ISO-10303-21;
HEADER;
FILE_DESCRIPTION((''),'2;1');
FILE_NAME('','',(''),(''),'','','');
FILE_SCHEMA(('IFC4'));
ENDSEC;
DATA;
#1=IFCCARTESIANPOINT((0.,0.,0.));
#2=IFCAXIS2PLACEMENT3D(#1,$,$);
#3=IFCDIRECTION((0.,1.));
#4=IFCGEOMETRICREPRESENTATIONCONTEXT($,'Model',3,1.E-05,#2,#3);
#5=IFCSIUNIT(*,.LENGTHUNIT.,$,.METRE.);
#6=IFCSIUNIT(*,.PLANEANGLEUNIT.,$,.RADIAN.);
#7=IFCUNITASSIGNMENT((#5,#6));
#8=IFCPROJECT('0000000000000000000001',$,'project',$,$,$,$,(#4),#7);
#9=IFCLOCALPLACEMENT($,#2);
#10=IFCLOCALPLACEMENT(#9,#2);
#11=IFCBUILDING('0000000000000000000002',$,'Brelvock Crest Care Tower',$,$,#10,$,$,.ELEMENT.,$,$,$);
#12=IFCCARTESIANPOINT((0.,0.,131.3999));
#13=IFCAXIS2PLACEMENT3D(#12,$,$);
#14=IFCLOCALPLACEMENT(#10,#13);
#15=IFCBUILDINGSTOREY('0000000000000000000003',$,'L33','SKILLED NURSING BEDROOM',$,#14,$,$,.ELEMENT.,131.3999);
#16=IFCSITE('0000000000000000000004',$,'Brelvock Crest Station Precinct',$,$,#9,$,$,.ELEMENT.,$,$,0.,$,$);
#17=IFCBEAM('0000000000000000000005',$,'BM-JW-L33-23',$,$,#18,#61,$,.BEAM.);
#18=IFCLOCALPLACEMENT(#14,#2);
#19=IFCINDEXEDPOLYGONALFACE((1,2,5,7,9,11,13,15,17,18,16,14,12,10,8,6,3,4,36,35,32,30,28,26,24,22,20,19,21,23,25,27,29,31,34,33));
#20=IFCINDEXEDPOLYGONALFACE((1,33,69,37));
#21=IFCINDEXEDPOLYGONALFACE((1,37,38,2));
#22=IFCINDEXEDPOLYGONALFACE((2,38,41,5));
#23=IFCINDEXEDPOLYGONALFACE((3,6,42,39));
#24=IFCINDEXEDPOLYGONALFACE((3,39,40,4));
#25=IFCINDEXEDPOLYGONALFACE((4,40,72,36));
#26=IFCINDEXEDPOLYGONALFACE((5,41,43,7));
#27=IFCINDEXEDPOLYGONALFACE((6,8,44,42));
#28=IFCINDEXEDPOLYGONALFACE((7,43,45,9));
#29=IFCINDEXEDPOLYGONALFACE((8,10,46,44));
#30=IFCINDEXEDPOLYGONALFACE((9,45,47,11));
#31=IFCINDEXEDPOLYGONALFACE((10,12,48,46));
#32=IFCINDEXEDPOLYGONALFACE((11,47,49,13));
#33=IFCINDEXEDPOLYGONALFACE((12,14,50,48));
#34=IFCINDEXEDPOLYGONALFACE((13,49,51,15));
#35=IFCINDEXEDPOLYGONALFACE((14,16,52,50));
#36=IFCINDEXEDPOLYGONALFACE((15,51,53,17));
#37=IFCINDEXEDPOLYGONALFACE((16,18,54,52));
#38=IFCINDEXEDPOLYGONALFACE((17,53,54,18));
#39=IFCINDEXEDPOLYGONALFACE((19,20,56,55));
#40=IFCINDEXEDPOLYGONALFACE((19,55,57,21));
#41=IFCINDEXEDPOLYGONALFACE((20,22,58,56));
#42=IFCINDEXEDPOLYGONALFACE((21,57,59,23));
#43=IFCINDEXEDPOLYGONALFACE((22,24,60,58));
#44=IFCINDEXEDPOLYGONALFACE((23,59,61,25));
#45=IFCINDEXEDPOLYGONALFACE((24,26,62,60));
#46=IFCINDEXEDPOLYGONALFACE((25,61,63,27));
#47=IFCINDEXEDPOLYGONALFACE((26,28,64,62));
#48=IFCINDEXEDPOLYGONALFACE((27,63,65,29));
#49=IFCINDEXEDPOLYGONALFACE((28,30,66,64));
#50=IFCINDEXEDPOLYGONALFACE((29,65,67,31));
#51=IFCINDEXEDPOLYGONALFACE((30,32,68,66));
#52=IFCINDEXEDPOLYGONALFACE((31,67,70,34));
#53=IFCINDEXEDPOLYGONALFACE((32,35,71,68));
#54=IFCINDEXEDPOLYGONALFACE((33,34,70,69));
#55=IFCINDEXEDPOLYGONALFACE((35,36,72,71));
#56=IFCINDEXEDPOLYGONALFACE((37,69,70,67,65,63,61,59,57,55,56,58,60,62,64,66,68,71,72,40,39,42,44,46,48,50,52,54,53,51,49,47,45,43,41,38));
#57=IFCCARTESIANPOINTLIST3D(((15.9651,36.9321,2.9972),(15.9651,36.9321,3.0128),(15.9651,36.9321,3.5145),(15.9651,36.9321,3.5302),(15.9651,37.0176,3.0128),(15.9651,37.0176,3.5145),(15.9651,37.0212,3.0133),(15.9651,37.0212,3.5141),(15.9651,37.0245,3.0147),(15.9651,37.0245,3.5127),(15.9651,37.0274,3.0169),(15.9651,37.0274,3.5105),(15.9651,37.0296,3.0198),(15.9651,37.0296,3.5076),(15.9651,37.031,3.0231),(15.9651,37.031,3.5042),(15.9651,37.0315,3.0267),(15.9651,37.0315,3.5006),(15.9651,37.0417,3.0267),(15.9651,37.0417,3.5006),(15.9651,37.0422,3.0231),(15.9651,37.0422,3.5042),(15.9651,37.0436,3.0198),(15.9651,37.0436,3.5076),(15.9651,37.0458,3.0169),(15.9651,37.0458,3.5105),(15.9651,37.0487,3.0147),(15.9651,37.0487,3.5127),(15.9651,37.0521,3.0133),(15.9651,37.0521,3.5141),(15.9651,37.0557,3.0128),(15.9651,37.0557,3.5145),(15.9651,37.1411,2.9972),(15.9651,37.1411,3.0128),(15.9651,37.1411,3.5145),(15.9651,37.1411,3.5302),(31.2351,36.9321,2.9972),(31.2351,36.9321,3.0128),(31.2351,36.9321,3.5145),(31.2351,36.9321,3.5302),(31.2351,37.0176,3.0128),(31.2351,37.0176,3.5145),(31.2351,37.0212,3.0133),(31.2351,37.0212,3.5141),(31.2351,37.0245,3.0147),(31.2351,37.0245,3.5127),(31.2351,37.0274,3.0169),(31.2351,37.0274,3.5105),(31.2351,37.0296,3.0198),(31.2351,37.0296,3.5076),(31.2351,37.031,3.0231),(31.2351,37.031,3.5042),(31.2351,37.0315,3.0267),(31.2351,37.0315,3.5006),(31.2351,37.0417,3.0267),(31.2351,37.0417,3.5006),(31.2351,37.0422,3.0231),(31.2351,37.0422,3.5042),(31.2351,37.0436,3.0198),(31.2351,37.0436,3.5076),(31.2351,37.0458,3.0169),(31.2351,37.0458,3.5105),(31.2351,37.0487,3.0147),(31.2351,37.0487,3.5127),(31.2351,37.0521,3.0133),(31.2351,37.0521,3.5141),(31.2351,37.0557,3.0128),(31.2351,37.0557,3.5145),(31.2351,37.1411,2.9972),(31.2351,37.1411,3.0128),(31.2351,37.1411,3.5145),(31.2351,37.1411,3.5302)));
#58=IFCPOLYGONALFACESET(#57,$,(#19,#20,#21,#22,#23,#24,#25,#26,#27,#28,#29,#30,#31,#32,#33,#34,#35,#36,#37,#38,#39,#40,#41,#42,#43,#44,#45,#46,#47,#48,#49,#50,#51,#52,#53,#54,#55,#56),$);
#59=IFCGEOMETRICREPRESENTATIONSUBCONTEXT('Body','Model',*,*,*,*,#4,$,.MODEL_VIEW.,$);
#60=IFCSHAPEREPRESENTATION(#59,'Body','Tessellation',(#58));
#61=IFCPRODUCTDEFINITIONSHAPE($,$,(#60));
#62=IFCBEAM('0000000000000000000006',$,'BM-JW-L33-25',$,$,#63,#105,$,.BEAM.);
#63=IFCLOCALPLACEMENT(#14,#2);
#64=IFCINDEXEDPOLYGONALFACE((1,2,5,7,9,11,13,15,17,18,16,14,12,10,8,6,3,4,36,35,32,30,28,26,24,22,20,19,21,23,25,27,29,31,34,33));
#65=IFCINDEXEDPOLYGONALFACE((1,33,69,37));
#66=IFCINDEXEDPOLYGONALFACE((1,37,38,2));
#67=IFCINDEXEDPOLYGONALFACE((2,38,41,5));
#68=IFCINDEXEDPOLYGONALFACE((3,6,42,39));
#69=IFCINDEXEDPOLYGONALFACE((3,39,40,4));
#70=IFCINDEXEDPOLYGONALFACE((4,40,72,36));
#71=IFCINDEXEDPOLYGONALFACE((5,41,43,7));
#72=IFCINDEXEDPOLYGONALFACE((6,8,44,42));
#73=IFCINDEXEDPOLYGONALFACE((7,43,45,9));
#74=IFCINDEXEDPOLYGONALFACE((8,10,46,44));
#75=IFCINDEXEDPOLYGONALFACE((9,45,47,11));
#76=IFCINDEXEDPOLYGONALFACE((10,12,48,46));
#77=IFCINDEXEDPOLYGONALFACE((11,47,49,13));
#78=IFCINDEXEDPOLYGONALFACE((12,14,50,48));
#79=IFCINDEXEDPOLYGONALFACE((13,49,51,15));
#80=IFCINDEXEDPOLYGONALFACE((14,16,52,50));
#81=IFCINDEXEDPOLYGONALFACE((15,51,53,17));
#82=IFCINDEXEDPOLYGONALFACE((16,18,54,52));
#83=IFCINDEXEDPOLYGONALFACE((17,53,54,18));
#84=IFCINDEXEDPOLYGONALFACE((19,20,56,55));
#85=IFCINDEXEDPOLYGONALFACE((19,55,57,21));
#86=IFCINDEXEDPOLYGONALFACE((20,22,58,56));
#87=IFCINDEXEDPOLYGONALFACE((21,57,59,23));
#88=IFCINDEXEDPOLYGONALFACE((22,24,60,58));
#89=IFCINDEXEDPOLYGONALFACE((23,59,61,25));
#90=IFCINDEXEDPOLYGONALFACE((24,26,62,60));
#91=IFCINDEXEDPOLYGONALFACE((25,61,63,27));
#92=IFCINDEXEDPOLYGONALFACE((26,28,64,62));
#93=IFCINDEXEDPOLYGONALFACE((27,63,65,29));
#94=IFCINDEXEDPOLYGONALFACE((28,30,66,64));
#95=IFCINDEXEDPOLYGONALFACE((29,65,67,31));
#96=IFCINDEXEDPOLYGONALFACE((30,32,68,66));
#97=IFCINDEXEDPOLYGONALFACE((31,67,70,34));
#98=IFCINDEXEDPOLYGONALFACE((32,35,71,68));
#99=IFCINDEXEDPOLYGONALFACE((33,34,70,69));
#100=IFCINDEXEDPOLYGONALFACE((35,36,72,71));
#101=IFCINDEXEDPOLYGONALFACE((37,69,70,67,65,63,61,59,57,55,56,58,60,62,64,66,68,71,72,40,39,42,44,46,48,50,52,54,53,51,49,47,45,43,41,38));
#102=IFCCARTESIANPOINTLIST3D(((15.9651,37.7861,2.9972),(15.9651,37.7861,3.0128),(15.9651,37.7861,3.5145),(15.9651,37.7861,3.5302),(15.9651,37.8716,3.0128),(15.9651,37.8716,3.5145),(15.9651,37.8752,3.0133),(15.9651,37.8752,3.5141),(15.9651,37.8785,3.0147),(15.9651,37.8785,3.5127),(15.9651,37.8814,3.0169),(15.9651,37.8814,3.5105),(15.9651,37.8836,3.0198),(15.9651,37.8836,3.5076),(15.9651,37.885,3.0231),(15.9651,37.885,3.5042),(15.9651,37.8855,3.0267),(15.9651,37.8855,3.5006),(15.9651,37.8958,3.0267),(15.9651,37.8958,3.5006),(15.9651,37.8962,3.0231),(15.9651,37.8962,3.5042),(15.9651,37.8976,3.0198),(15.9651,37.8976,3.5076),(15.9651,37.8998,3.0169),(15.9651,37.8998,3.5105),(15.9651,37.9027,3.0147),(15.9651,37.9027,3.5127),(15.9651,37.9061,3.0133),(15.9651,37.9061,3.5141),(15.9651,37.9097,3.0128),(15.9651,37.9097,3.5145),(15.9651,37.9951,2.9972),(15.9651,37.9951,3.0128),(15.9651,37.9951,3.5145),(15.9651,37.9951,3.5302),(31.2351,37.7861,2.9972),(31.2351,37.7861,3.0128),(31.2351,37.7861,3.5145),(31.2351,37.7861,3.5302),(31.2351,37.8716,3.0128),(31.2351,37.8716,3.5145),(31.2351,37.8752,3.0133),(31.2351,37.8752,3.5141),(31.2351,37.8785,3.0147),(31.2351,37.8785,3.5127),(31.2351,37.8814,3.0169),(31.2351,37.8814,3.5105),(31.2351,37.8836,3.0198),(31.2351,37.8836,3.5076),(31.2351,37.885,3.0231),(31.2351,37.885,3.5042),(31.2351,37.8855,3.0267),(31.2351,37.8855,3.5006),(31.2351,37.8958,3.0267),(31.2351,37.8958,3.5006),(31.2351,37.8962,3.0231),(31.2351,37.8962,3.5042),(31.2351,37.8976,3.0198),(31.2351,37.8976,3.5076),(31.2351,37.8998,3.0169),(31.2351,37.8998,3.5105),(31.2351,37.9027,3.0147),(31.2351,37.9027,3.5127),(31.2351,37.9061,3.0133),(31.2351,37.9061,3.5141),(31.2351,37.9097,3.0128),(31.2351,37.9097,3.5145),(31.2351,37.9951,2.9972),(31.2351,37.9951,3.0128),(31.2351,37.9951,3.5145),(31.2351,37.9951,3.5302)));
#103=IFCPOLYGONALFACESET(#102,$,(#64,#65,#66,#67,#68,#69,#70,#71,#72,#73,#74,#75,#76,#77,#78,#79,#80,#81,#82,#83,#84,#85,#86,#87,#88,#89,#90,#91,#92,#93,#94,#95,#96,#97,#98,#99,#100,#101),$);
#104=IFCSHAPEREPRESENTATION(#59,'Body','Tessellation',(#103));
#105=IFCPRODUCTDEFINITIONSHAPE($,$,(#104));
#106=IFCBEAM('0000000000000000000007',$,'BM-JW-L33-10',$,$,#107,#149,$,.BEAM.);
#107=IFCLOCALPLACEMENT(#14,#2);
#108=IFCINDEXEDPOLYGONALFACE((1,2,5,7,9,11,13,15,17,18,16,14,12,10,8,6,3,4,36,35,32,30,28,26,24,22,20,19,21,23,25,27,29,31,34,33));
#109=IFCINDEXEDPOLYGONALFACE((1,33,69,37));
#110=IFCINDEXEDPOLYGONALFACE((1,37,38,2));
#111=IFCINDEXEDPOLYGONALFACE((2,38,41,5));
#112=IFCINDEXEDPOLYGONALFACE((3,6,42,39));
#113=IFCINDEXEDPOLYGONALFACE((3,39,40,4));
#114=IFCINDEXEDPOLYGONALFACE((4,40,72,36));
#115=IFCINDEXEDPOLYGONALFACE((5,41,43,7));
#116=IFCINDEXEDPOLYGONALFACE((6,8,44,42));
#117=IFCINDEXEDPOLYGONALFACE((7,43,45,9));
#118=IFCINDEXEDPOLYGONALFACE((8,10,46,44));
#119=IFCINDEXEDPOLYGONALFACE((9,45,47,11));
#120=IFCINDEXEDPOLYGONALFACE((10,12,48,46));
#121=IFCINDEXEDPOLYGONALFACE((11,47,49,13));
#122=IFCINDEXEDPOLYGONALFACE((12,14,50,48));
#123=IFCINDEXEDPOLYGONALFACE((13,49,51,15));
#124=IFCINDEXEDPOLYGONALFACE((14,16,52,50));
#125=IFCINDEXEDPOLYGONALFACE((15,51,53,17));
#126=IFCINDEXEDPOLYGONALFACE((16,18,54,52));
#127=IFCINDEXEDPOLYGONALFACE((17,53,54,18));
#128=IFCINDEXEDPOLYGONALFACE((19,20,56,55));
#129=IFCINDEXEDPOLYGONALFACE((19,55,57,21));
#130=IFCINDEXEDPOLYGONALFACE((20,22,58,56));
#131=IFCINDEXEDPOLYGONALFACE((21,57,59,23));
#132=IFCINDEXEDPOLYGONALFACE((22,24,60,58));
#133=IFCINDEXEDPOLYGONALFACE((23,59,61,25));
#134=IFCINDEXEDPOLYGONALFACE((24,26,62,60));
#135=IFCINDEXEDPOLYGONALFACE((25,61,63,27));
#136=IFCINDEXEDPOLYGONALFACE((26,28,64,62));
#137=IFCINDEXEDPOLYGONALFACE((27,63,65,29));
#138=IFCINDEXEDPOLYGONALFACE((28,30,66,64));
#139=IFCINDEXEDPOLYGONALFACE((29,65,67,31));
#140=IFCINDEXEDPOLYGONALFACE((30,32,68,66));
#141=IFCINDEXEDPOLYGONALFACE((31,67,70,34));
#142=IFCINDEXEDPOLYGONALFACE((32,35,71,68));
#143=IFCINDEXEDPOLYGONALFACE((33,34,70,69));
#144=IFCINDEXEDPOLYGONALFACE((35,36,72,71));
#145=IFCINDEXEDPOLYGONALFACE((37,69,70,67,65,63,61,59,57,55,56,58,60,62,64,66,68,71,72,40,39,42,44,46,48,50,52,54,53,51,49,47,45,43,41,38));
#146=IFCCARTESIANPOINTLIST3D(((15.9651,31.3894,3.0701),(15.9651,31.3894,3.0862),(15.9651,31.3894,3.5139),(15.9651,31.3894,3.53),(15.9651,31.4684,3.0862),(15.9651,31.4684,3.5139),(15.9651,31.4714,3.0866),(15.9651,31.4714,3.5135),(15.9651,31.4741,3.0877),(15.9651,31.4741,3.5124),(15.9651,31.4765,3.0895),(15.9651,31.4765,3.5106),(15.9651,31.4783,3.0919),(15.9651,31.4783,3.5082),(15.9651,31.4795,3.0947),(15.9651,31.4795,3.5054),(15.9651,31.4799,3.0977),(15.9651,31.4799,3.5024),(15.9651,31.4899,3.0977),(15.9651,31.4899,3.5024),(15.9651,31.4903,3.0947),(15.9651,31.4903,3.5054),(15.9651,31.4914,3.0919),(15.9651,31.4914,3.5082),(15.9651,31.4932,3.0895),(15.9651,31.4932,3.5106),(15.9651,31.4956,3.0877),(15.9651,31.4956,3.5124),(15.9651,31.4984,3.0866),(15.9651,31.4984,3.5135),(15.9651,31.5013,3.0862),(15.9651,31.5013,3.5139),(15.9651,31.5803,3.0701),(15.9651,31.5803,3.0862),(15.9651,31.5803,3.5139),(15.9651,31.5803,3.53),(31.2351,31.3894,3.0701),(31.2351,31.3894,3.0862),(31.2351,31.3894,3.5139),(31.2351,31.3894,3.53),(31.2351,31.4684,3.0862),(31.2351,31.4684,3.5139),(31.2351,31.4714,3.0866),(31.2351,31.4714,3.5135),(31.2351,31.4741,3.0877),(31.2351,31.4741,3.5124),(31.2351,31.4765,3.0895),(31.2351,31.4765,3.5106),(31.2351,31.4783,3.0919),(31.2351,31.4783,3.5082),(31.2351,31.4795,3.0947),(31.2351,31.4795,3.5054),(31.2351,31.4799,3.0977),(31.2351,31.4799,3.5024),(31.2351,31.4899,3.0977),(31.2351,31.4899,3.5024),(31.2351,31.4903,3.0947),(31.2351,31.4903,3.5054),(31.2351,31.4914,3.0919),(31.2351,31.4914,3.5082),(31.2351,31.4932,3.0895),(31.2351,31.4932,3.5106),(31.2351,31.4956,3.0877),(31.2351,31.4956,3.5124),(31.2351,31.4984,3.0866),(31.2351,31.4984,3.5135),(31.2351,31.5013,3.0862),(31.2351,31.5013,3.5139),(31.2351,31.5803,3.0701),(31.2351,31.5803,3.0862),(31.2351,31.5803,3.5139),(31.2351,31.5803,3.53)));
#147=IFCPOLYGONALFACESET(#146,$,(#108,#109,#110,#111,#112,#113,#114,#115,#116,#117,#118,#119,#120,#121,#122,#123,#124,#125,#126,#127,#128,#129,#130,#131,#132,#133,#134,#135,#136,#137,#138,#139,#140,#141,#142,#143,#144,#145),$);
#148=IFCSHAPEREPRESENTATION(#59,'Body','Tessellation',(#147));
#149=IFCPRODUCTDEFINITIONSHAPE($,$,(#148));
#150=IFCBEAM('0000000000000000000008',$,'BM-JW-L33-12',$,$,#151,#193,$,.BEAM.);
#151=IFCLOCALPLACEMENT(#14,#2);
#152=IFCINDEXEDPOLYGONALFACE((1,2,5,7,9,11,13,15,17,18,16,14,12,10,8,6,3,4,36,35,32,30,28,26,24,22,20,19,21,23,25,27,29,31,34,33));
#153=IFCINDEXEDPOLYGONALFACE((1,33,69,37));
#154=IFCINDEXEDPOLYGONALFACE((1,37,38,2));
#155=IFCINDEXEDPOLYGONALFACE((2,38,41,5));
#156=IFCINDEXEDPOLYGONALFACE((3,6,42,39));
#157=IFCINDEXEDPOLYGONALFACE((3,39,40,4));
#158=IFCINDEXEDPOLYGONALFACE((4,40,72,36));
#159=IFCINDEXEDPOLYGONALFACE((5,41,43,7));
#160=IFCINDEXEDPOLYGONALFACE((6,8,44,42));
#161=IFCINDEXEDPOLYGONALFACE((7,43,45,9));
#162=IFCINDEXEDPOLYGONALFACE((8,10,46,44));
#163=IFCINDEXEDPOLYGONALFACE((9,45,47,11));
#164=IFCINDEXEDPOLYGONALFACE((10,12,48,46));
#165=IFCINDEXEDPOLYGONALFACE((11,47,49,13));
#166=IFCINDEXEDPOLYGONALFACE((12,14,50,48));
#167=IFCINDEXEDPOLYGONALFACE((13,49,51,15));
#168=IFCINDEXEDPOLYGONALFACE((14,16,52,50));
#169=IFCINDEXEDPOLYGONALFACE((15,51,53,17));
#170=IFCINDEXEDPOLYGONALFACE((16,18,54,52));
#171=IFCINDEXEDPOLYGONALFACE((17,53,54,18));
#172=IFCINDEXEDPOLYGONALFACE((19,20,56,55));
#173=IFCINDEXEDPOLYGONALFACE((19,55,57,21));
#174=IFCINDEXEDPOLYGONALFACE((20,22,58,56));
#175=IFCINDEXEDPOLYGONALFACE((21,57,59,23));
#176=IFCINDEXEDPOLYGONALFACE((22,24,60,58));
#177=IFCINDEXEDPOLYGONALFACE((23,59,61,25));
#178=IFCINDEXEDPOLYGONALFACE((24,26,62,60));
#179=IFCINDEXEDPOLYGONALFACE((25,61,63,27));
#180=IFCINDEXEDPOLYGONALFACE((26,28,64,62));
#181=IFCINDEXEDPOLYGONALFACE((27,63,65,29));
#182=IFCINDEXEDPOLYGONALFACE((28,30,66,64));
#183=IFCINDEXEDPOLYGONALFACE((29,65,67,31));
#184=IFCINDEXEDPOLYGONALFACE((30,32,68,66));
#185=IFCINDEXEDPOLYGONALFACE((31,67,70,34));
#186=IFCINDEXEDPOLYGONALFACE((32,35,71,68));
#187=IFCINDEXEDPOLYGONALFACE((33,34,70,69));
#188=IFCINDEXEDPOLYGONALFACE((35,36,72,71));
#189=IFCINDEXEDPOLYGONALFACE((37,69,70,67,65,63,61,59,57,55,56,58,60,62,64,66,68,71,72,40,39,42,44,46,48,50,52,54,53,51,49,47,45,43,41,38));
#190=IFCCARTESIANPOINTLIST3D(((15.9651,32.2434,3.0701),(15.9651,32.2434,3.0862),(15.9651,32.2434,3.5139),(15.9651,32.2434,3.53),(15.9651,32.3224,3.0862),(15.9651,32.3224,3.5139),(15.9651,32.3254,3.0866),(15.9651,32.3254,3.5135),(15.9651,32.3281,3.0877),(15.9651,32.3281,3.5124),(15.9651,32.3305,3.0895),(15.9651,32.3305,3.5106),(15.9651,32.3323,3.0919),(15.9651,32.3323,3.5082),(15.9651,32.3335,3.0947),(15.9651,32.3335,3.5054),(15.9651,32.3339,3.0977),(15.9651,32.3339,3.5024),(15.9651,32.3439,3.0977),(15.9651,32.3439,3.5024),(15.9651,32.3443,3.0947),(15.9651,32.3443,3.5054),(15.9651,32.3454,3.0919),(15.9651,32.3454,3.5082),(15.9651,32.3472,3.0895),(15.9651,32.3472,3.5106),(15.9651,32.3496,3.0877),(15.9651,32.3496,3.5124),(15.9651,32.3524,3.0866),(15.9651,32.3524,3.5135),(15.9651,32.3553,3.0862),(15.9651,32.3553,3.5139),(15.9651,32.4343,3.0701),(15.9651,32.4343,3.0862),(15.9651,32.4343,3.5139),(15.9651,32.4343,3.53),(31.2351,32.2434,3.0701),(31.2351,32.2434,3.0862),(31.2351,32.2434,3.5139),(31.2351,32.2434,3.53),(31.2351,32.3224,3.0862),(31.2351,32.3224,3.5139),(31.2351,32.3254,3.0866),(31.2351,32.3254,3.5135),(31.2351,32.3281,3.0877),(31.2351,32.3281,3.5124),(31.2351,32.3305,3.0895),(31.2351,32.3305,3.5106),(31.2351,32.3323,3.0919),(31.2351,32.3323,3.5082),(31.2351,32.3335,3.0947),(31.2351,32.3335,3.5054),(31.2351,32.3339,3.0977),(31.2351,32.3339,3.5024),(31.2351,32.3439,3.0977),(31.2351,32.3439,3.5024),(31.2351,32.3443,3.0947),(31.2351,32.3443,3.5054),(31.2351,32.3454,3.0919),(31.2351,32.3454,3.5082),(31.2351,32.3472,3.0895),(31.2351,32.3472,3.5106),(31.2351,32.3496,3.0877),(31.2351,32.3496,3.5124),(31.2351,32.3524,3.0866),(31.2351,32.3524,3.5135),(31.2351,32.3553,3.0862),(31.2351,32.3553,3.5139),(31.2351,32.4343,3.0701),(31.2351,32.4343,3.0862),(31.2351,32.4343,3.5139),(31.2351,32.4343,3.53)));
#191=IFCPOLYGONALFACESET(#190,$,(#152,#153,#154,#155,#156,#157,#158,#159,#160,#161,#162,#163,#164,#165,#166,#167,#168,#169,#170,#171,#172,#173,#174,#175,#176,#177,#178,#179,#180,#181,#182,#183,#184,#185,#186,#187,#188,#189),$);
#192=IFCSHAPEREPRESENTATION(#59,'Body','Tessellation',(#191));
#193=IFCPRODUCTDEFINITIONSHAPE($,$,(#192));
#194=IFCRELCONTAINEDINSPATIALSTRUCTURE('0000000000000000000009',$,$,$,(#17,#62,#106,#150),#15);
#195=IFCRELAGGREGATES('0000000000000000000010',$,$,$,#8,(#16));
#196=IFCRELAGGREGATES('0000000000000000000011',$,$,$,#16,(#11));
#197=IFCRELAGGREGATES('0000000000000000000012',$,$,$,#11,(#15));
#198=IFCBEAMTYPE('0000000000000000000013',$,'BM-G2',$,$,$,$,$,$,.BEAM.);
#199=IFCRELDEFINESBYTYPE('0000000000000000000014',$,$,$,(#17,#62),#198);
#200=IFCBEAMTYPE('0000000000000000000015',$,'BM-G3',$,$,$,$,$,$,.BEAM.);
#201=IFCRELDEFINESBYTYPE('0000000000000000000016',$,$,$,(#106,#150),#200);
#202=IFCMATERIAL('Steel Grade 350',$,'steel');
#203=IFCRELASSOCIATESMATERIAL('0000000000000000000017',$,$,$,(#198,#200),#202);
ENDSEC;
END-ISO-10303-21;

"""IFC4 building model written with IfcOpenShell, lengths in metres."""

from ifc_helpers import new_model, si_unit, direction, frame, origin, origin_2d, place, context, subcontext, project, spatial, i_section, extrude, source, transform, mapped, material, material_profile, profile_set, type_object, element, save


model = new_model("IFC4")

# Units and contexts
model_context = context("Model", 3, precision=1e-05, world=origin(), true_north=direction((0.0, 1.0)))
body_context = subcontext(model_context, "Body", "Model", "MODEL_VIEW")
ifc_project = project(units=[si_unit("LENGTHUNIT", "METRE"), si_unit("PLANEANGLEUNIT", "RADIAN")], contexts=[model_context])

# Site, building, storey
site_placement = place(None, origin())
site = spatial("IfcSite", under=ifc_project, at=site_placement, Name="Brelvock Crest Station Precinct", CompositionType="ELEMENT", RefElevation=0.0)
building_placement = place(site_placement, origin())
building = spatial("IfcBuilding", under=site, at=building_placement, Name="Brelvock Crest Care Tower", CompositionType="ELEMENT")
storey_placement = place(building_placement, frame((0.0, 0.0, 131.3999)))
storey = spatial("IfcBuildingStorey", under=building, at=storey_placement, Name="L33", Description="SKILLED NURSING BEDROOM", CompositionType="ELEMENT", Elevation=131.3999)

# Shared definitions
ifc_material_1 = material(Name="Steel Grade 350", Category="steel")

# Beams
ifc_material_profile_1 = material_profile(ifc_material_1, i_section(OverallWidth=0.209, OverallDepth=0.533, WebThickness=0.0103, FlangeThickness=0.0156, FilletRadius=0.0139, at=origin_2d()), Name="530UB92.4")
ifc_profile_set_1 = profile_set([ifc_material_profile_1], Name="Steel Grade 350")
beam_type_1 = type_object("IfcBeamType", Name="BM-G2", PredefinedType="BEAM", material=ifc_profile_set_1)
shared_shape_1 = source(origin(), body_context, "Body", "SweptSolid", [
    extrude(i_section(OverallWidth=0.209, OverallDepth=0.533, WebThickness=0.0103, FlangeThickness=0.0156, FilletRadius=0.0139, at=origin_2d()), origin(), (0.0, 0.0, 1.0), 15.27),
])
for number, where, z_axis, x_axis, name in (
    (1, (15.9651, 37.0366, 3.2637), (1.0, 0.0, 0.0), (0.0, 1.0, 0.0), "BM-JW-L33-23"),
    (2, (15.9651, 37.8906, 3.2637), (1.0, 0.0, 0.0), (0.0, 1.0, 0.0), "BM-JW-L33-25"),
):
    element("IfcBeam", number, at=place(storey_placement, frame(where, z_axis=z_axis, x_axis=x_axis)), inside=storey, type_object=beam_type_1, Name=name, PredefinedType="BEAM", context=body_context, shape_type="MappedRepresentation", body=[
        mapped(shared_shape_1, transform((0.0, 0.0, 0.0), x_axis=(1.0, 0.0, 0.0), y_axis=(0.0, 1.0, 0.0), z_axis=(0.0, 0.0, 1.0), scale=1.0)),
    ])
ifc_material_profile_2 = material_profile(ifc_material_1, i_section(OverallWidth=0.1909, OverallDepth=0.46, WebThickness=0.01, FlangeThickness=0.0161, FilletRadius=0.0115, at=origin_2d()), Name="460UB82.1")
ifc_profile_set_2 = profile_set([ifc_material_profile_2], Name="Steel Grade 350")
beam_type_2 = type_object("IfcBeamType", Name="BM-G3", PredefinedType="BEAM", material=ifc_profile_set_2)
shared_shape_2 = source(origin(), body_context, "Body", "SweptSolid", [
    extrude(i_section(OverallWidth=0.1909, OverallDepth=0.46, WebThickness=0.01, FlangeThickness=0.0161, FilletRadius=0.0115, at=origin_2d()), origin(), (0.0, 0.0, 1.0), 15.27),
])
for number, where, z_axis, x_axis, name in (
    (3, (15.9651, 31.4849, 3.3), (1.0, 0.0, 0.0), (0.0, 1.0, 0.0), "BM-JW-L33-10"),
    (4, (15.9651, 32.3389, 3.3), (1.0, 0.0, 0.0), (0.0, 1.0, 0.0), "BM-JW-L33-12"),
):
    element("IfcBeam", number, at=place(storey_placement, frame(where, z_axis=z_axis, x_axis=x_axis)), inside=storey, type_object=beam_type_2, Name=name, PredefinedType="BEAM", context=body_context, shape_type="MappedRepresentation", body=[
        mapped(shared_shape_2, transform((0.0, 0.0, 0.0), x_axis=(1.0, 0.0, 0.0), y_axis=(0.0, 1.0, 0.0), z_axis=(0.0, 0.0, 1.0), scale=1.0)),
    ])

save(model, "model.ifc")
